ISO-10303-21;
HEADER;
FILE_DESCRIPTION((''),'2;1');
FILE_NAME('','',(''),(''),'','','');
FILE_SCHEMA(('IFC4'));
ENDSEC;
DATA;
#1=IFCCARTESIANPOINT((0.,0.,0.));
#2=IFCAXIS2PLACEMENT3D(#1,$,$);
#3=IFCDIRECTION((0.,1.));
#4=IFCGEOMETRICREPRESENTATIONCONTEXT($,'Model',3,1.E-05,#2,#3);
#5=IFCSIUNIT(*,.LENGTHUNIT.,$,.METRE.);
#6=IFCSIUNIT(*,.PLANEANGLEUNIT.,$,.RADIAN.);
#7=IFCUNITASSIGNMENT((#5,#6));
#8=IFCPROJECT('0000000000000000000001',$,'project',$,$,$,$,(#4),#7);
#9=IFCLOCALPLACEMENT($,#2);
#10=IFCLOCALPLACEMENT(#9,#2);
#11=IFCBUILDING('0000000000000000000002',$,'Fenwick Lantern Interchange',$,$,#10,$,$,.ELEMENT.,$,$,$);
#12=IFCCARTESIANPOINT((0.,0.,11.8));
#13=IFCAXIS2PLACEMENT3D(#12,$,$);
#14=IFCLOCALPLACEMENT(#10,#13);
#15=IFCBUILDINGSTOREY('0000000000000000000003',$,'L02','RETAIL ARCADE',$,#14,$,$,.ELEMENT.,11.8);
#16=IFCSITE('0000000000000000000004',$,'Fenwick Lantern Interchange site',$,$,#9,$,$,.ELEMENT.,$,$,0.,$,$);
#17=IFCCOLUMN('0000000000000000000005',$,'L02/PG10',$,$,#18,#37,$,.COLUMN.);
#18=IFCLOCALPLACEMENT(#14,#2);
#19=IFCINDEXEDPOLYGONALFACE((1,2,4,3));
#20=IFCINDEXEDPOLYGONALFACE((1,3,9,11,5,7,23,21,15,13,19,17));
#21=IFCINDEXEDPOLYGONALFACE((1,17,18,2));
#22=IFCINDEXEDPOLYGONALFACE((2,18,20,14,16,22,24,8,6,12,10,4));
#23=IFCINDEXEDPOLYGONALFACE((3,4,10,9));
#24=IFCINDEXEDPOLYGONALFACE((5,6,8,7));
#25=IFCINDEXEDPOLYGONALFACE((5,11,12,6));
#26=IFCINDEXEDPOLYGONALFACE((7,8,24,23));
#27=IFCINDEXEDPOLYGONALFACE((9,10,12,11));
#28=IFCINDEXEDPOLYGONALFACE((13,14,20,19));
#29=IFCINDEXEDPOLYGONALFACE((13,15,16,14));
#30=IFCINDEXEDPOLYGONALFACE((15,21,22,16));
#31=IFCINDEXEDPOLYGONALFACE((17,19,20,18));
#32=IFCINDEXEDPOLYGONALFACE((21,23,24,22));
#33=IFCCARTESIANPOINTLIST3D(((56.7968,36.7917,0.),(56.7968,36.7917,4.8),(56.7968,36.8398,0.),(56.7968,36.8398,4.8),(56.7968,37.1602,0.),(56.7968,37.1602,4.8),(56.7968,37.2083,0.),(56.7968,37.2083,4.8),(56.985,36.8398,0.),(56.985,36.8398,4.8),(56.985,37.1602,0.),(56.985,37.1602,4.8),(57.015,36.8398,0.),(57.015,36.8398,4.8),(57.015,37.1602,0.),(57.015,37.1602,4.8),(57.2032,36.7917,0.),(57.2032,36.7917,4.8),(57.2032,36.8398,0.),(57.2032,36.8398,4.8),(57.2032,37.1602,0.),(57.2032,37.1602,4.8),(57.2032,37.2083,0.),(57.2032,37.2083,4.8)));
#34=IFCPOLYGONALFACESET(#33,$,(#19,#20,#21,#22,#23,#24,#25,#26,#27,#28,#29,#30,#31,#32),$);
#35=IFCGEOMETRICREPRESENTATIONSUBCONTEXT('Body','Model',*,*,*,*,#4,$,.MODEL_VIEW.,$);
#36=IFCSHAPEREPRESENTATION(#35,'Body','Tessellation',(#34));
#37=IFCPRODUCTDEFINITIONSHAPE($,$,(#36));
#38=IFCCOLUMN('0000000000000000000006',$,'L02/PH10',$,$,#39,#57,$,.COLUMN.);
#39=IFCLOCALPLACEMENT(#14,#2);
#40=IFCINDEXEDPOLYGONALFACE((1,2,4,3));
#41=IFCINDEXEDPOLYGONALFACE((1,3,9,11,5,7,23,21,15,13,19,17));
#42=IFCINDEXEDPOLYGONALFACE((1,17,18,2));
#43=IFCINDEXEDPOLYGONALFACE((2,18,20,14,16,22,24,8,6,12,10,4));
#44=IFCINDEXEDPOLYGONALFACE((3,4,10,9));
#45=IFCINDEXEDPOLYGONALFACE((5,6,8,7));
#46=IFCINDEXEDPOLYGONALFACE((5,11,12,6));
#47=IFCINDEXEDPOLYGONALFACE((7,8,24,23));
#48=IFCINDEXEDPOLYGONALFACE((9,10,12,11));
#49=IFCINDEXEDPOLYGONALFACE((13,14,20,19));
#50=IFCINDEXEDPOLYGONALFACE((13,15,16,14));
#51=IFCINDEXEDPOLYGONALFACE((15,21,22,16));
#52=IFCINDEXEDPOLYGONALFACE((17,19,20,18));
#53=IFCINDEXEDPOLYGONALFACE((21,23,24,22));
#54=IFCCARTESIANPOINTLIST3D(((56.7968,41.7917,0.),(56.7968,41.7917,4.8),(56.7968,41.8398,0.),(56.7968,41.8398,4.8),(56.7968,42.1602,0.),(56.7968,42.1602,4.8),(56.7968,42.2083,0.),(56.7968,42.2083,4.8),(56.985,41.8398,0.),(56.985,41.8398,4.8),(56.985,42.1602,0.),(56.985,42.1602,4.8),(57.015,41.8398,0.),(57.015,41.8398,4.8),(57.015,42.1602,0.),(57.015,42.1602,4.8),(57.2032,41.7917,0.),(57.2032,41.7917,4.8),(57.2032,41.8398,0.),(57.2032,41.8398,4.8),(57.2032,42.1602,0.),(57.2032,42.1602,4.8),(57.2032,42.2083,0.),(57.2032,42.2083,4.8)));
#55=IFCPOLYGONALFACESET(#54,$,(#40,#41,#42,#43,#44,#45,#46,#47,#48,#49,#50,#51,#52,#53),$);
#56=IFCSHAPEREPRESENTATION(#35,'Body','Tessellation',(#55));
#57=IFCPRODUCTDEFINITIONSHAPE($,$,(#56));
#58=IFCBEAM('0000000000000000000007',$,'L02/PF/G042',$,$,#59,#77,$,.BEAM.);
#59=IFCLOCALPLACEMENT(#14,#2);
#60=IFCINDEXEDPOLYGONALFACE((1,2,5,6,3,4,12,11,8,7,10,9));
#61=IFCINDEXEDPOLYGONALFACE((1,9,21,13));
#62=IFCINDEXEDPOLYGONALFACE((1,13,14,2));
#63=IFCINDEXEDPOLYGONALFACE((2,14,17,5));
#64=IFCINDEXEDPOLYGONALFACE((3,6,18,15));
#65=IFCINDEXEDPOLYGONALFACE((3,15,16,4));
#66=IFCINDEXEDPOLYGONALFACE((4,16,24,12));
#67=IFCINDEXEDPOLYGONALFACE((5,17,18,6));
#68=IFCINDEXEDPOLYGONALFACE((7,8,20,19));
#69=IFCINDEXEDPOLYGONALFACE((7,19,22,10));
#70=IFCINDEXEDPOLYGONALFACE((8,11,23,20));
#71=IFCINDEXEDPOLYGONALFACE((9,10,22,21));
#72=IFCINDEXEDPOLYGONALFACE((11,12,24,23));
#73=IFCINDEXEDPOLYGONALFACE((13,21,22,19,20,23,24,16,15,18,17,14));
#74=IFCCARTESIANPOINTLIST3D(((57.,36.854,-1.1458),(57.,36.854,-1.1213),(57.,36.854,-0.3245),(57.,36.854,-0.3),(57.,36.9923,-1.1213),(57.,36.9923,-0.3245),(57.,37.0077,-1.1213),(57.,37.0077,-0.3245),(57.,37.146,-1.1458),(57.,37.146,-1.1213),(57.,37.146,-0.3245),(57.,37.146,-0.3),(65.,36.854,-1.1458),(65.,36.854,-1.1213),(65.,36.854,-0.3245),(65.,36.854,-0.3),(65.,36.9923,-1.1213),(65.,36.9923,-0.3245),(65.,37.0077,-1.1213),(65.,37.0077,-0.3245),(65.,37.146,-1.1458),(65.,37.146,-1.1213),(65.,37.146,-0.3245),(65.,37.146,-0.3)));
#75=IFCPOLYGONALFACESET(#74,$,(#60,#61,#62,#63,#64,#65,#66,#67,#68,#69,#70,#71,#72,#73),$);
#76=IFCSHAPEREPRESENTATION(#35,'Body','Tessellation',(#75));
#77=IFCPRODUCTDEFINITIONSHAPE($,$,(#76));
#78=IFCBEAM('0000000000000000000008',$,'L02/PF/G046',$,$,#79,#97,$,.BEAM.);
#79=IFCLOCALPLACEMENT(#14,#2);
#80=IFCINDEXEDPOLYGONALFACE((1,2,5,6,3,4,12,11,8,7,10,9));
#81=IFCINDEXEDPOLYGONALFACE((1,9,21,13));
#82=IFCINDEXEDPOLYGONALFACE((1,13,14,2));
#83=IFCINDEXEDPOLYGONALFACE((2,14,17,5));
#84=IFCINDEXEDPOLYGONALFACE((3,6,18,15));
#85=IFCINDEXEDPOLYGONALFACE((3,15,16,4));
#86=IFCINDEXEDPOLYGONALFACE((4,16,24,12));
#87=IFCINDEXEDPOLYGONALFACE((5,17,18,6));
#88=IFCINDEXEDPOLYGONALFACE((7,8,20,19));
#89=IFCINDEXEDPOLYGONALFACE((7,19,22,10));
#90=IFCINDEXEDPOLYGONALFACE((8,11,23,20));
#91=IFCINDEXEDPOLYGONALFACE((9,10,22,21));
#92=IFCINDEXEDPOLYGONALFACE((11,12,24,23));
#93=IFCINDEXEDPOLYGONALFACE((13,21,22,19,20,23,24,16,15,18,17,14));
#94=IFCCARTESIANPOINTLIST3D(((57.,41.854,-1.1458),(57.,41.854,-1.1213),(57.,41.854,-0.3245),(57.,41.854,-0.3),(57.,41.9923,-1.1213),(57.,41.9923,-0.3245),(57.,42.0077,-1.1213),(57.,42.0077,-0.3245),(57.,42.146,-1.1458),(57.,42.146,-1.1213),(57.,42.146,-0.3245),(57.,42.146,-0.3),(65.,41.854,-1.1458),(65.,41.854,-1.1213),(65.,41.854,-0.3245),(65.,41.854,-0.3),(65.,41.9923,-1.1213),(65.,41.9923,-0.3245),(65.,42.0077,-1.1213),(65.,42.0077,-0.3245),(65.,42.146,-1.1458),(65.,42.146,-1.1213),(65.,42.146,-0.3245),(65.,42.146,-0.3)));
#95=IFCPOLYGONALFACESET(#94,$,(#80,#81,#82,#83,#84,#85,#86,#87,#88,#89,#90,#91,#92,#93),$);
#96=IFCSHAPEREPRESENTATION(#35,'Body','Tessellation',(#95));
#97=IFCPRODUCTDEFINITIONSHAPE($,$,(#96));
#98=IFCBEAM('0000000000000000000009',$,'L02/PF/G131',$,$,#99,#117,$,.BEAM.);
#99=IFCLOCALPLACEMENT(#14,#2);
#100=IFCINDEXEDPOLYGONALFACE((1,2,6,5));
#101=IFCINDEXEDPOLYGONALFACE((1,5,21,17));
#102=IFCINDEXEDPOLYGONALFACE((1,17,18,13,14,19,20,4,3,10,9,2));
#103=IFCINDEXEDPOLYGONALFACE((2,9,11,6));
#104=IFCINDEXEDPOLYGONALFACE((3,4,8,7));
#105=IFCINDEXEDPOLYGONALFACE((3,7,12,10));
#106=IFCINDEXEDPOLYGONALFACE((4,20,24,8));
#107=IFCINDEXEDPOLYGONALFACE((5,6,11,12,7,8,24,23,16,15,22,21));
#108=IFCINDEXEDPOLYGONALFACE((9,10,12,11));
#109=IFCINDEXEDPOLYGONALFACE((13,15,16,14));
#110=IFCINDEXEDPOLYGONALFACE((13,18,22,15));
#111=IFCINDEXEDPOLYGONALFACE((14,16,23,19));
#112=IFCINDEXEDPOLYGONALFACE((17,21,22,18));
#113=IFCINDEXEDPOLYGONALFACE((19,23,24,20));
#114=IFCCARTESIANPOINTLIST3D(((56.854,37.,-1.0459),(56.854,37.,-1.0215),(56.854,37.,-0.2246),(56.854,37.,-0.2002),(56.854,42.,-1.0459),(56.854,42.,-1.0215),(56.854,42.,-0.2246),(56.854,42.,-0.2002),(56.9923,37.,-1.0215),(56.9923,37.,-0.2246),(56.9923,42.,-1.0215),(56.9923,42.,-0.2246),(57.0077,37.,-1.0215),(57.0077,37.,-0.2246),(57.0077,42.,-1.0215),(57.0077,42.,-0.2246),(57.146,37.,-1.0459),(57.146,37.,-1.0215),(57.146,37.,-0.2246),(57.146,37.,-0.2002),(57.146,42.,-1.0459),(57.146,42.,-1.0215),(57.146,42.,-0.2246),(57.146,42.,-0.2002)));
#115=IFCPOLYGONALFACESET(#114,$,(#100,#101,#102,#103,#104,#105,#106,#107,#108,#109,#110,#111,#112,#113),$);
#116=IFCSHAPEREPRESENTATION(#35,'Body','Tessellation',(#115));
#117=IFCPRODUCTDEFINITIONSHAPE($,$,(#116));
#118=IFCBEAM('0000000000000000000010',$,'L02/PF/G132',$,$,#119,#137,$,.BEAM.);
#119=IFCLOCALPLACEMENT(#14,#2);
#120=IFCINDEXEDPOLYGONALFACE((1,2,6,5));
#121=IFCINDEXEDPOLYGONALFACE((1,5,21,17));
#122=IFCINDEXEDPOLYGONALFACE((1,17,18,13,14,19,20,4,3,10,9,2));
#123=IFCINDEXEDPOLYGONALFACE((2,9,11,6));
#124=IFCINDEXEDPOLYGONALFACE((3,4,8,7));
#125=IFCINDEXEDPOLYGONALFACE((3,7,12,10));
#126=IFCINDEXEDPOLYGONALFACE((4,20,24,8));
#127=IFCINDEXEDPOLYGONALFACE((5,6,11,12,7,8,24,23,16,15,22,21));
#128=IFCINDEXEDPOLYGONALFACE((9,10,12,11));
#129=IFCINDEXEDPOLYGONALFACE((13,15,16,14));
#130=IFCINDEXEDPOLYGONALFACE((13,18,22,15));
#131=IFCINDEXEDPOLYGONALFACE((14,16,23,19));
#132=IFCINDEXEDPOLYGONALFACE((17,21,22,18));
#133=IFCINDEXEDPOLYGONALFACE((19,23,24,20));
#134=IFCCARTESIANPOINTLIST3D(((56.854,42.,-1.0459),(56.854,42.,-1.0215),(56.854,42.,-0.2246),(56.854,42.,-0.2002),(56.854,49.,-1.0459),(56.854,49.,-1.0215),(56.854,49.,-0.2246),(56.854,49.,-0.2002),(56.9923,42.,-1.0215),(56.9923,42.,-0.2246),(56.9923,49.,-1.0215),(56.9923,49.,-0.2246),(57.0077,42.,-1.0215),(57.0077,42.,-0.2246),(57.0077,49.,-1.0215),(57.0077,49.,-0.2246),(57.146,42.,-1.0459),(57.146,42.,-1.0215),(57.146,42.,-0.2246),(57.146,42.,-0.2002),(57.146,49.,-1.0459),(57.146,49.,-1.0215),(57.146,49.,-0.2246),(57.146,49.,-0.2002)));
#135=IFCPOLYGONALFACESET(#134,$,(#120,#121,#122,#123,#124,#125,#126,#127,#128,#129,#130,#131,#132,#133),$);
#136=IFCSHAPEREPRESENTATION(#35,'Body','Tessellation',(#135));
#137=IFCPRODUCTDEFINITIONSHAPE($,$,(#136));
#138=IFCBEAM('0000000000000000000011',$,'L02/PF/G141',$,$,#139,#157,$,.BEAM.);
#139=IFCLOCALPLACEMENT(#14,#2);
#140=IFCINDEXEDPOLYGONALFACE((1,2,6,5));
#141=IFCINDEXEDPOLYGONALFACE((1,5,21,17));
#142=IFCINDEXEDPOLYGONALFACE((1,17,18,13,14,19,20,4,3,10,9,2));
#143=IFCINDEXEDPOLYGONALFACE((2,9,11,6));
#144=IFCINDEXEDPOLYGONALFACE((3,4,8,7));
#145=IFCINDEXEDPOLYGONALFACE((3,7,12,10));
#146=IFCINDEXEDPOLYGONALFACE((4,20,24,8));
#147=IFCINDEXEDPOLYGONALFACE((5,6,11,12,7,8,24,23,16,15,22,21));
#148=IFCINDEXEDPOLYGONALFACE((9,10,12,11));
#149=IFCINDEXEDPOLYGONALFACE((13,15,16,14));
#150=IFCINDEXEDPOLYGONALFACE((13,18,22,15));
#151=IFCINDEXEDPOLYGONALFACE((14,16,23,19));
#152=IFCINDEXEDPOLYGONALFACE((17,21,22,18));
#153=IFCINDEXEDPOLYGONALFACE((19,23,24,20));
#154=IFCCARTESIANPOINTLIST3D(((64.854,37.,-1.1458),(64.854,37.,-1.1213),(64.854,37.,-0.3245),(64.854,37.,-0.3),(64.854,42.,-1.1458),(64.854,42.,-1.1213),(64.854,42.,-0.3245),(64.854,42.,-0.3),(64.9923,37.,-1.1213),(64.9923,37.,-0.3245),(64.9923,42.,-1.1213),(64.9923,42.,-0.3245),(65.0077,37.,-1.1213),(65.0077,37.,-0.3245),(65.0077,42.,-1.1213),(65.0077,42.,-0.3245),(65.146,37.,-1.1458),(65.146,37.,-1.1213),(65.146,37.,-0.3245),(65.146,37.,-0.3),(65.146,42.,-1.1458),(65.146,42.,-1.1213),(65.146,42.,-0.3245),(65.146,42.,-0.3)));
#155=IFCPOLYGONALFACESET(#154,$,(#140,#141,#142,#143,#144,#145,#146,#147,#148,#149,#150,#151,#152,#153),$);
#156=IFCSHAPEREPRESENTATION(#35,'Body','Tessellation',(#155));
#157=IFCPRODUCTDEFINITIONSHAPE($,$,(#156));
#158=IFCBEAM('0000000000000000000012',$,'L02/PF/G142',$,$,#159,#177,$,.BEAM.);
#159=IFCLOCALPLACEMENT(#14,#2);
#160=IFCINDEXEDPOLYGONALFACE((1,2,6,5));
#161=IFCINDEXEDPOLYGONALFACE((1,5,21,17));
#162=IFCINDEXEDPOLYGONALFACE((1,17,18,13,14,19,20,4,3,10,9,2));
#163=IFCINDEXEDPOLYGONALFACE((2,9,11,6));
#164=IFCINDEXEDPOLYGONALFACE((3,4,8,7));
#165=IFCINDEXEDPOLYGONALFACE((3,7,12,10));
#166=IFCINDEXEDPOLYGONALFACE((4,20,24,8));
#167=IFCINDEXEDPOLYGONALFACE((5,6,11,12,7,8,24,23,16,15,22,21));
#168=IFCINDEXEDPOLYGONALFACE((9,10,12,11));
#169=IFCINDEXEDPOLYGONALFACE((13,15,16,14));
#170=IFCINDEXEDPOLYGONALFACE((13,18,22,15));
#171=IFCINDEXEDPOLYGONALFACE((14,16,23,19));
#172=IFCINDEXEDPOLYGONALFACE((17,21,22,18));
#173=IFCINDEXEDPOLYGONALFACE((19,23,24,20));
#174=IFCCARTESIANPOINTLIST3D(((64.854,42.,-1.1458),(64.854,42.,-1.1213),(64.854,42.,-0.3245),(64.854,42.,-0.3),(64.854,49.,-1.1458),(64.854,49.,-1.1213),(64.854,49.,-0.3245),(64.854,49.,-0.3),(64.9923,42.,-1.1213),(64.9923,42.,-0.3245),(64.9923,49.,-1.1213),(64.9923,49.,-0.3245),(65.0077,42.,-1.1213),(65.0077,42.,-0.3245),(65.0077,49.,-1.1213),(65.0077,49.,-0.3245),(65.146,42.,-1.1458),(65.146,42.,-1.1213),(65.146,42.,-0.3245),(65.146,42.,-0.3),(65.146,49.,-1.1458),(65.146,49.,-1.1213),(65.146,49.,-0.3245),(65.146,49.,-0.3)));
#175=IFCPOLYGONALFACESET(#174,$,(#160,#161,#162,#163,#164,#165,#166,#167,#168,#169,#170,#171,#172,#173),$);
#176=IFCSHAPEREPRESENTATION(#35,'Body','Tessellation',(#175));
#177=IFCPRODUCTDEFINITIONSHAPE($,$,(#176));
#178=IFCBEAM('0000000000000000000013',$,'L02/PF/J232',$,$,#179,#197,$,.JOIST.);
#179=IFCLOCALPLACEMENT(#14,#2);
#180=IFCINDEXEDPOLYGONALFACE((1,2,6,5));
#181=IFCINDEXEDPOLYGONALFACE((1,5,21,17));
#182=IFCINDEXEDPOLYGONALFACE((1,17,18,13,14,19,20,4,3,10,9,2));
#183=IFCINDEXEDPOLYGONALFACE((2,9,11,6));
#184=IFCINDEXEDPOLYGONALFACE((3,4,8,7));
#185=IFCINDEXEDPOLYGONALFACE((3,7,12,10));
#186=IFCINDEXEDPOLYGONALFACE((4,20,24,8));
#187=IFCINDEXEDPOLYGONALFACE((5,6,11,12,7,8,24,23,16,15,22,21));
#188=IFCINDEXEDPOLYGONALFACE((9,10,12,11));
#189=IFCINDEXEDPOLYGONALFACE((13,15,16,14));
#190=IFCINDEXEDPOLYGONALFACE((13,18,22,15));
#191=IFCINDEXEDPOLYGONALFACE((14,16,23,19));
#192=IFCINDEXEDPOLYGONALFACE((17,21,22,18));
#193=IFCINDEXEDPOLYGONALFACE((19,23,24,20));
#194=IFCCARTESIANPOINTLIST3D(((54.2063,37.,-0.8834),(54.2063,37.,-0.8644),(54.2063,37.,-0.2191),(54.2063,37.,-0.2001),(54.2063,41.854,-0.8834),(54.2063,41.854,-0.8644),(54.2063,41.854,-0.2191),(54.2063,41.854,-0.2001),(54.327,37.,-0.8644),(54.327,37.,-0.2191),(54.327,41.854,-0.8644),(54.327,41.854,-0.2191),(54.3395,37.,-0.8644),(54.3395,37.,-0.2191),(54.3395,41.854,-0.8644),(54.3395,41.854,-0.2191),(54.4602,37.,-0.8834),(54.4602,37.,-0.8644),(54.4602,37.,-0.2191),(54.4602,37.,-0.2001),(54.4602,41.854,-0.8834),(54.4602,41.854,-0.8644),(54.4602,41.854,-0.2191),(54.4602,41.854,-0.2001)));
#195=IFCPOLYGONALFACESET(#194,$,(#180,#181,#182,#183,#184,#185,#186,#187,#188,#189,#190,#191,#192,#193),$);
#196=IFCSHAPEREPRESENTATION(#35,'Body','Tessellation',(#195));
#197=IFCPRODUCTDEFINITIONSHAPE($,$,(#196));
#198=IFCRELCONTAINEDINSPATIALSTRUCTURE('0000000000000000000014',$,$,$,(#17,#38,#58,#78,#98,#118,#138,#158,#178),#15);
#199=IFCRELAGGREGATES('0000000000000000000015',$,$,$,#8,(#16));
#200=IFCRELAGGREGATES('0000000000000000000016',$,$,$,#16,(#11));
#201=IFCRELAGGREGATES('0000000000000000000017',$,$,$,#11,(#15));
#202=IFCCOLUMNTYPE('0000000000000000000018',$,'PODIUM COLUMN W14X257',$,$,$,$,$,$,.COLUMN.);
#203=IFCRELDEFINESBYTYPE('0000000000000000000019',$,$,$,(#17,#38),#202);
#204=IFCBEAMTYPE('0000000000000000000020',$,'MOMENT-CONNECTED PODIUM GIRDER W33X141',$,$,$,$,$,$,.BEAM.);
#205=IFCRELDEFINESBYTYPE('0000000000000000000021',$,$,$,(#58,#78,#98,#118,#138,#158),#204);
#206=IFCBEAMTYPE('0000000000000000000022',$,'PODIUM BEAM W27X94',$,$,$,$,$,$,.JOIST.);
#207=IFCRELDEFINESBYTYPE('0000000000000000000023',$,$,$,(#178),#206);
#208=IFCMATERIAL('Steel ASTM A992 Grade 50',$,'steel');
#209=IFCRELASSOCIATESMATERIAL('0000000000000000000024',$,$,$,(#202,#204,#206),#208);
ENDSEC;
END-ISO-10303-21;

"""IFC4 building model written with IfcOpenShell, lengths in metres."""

from ifc_helpers import new_model, si_unit, direction, frame, origin, origin_2d, place, context, subcontext, project, spatial, i_section, extrude, material, material_profile, profile_set, type_object, element, save


model = new_model("IFC4")

# Units and contexts
model_context = context("Model", 3, precision=1e-05, world=origin(), true_north=direction((0.0, 1.0)))
body_context = subcontext(model_context, "Body", "Model", "MODEL_VIEW")
ifc_project = project(units=[si_unit("LENGTHUNIT", "METRE"), si_unit("PLANEANGLEUNIT", "RADIAN")], contexts=[model_context])

# Site, building, storey
site_placement = place(None, origin())
site = spatial("IfcSite", under=ifc_project, at=site_placement, Name="Fenwick Lantern Interchange site", CompositionType="ELEMENT", RefElevation=0.0)
building_placement = place(site_placement, origin())
building = spatial("IfcBuilding", under=site, at=building_placement, Name="Fenwick Lantern Interchange", CompositionType="ELEMENT")
storey_placement = place(building_placement, frame((0.0, 0.0, 11.8)))
storey = spatial("IfcBuildingStorey", under=building, at=storey_placement, Name="L02", Description="RETAIL ARCADE", CompositionType="ELEMENT", Elevation=11.8)

# Columns
ifc_material_1 = material(Name="Steel ASTM A992 Grade 50", Category="steel")
ifc_material_profile_1 = material_profile(ifc_material_1, i_section(OverallWidth=0.4065, OverallDepth=0.4165, WebThickness=0.03, FlangeThickness=0.0481, at=origin_2d()), Name="W14X257")
ifc_profile_set_1 = profile_set([ifc_material_profile_1], Name="Steel ASTM A992 Grade 50")
column_type = type_object("IfcColumnType", Name="PODIUM COLUMN W14X257", PredefinedType="COLUMN", material=ifc_profile_set_1)
for number, where, z_axis, x_axis, name in (
    (1, (57.0, 37.0, 0.0), (0.0, 0.0, 1.0), (1.0, 0.0, 0.0), "L02/PG10"),
    (2, (57.0, 42.0, 0.0), (0.0, 0.0, 1.0), (1.0, 0.0, 0.0), "L02/PH10"),
):
    element("IfcColumn", number, at=place(storey_placement, frame(where, z_axis=z_axis, x_axis=x_axis)), inside=storey, type_object=column_type, Name=name, PredefinedType="COLUMN", context=body_context, shape_type="SweptSolid", body=[
        extrude(i_section(OverallWidth=0.4065, OverallDepth=0.4165, WebThickness=0.03, FlangeThickness=0.0481, at=origin_2d()), origin(), (0.0, 0.0, 1.0), 4.8),
    ])

# Beams
ifc_material_profile_2 = material_profile(ifc_material_1, i_section(OverallWidth=0.292, OverallDepth=0.8457, WebThickness=0.0154, FlangeThickness=0.0244, at=origin_2d()), Name="W33X141")
ifc_profile_set_2 = profile_set([ifc_material_profile_2], Name="Steel ASTM A992 Grade 50")
beam_type_1 = type_object("IfcBeamType", Name="MOMENT-CONNECTED PODIUM GIRDER W33X141", PredefinedType="BEAM", material=ifc_profile_set_2)
for number, where, z_axis, x_axis, name in (
    (3, (57.0, 37.0, -0.7229), (1.0, 0.0, 0.0), (0.0, 1.0, 0.0), "L02/PF/G042"),
    (4, (57.0, 42.0, -0.7229), (1.0, 0.0, 0.0), (0.0, 1.0, 0.0), "L02/PF/G046"),
):
    element("IfcBeam", number, at=place(storey_placement, frame(where, z_axis=z_axis, x_axis=x_axis)), inside=storey, type_object=beam_type_1, Name=name, PredefinedType="BEAM", context=body_context, shape_type="SweptSolid", body=[
        extrude(i_section(OverallWidth=0.292, OverallDepth=0.8457, WebThickness=0.0154, FlangeThickness=0.0244, at=origin_2d()), origin(), (0.0, 0.0, 1.0), 8.0),
    ])
beam_1_placement = place(storey_placement, frame((57.0, 37.0, -0.623), z_axis=(0.0, 1.0, 0.0), x_axis=(-1.0, 0.0, 0.0)))
element("IfcBeam", 5, at=beam_1_placement, inside=storey, type_object=beam_type_1, Name="L02/PF/G131", PredefinedType="BEAM", context=body_context, shape_type="SweptSolid", body=[
    extrude(i_section(OverallWidth=0.292, OverallDepth=0.8457, WebThickness=0.0154, FlangeThickness=0.0244, at=origin_2d()), origin(), (0.0, 0.0, 1.0), 5.0),
])
beam_2_placement = place(storey_placement, frame((57.0, 42.0, -0.623), z_axis=(0.0, 1.0, 0.0), x_axis=(-1.0, 0.0, 0.0)))
element("IfcBeam", 6, at=beam_2_placement, inside=storey, type_object=beam_type_1, Name="L02/PF/G132", PredefinedType="BEAM", context=body_context, shape_type="SweptSolid", body=[
    extrude(i_section(OverallWidth=0.292, OverallDepth=0.8457, WebThickness=0.0154, FlangeThickness=0.0244, at=origin_2d()), origin(), (0.0, 0.0, 1.0), 7.0),
])
beam_3_placement = place(storey_placement, frame((65.0, 37.0, -0.7229), z_axis=(0.0, 1.0, 0.0), x_axis=(-1.0, 0.0, 0.0)))
element("IfcBeam", 7, at=beam_3_placement, inside=storey, type_object=beam_type_1, Name="L02/PF/G141", PredefinedType="BEAM", context=body_context, shape_type="SweptSolid", body=[
    extrude(i_section(OverallWidth=0.292, OverallDepth=0.8457, WebThickness=0.0154, FlangeThickness=0.0244, at=origin_2d()), origin(), (0.0, 0.0, 1.0), 5.0),
])
beam_4_placement = place(storey_placement, frame((65.0, 42.0, -0.7229), z_axis=(0.0, 1.0, 0.0), x_axis=(-1.0, 0.0, 0.0)))
element("IfcBeam", 8, at=beam_4_placement, inside=storey, type_object=beam_type_1, Name="L02/PF/G142", PredefinedType="BEAM", context=body_context, shape_type="SweptSolid", body=[
    extrude(i_section(OverallWidth=0.292, OverallDepth=0.8457, WebThickness=0.0154, FlangeThickness=0.0244, at=origin_2d()), origin(), (0.0, 0.0, 1.0), 7.0),
])
ifc_material_profile_3 = material_profile(ifc_material_1, i_section(OverallWidth=0.2539, OverallDepth=0.6833, WebThickness=0.0125, FlangeThickness=0.019, at=origin_2d()), Name="W27X94")
ifc_profile_set_3 = profile_set([ifc_material_profile_3], Name="Steel ASTM A992 Grade 50")
beam_type_2 = type_object("IfcBeamType", Name="PODIUM BEAM W27X94", PredefinedType="JOIST", material=ifc_profile_set_3)
beam_5_placement = place(storey_placement, frame((54.3333, 37.0, -0.5417), z_axis=(0.0, 1.0, 0.0), x_axis=(-1.0, 0.0, 0.0)))
element("IfcBeam", 9, at=beam_5_placement, inside=storey, type_object=beam_type_2, Name="L02/PF/J232", PredefinedType="JOIST", context=body_context, shape_type="SweptSolid", body=[
    extrude(i_section(OverallWidth=0.2539, OverallDepth=0.6833, WebThickness=0.0125, FlangeThickness=0.019, at=origin_2d()), origin(), (0.0, 0.0, 1.0), 4.854),
])

save(model, "model.ifc")
